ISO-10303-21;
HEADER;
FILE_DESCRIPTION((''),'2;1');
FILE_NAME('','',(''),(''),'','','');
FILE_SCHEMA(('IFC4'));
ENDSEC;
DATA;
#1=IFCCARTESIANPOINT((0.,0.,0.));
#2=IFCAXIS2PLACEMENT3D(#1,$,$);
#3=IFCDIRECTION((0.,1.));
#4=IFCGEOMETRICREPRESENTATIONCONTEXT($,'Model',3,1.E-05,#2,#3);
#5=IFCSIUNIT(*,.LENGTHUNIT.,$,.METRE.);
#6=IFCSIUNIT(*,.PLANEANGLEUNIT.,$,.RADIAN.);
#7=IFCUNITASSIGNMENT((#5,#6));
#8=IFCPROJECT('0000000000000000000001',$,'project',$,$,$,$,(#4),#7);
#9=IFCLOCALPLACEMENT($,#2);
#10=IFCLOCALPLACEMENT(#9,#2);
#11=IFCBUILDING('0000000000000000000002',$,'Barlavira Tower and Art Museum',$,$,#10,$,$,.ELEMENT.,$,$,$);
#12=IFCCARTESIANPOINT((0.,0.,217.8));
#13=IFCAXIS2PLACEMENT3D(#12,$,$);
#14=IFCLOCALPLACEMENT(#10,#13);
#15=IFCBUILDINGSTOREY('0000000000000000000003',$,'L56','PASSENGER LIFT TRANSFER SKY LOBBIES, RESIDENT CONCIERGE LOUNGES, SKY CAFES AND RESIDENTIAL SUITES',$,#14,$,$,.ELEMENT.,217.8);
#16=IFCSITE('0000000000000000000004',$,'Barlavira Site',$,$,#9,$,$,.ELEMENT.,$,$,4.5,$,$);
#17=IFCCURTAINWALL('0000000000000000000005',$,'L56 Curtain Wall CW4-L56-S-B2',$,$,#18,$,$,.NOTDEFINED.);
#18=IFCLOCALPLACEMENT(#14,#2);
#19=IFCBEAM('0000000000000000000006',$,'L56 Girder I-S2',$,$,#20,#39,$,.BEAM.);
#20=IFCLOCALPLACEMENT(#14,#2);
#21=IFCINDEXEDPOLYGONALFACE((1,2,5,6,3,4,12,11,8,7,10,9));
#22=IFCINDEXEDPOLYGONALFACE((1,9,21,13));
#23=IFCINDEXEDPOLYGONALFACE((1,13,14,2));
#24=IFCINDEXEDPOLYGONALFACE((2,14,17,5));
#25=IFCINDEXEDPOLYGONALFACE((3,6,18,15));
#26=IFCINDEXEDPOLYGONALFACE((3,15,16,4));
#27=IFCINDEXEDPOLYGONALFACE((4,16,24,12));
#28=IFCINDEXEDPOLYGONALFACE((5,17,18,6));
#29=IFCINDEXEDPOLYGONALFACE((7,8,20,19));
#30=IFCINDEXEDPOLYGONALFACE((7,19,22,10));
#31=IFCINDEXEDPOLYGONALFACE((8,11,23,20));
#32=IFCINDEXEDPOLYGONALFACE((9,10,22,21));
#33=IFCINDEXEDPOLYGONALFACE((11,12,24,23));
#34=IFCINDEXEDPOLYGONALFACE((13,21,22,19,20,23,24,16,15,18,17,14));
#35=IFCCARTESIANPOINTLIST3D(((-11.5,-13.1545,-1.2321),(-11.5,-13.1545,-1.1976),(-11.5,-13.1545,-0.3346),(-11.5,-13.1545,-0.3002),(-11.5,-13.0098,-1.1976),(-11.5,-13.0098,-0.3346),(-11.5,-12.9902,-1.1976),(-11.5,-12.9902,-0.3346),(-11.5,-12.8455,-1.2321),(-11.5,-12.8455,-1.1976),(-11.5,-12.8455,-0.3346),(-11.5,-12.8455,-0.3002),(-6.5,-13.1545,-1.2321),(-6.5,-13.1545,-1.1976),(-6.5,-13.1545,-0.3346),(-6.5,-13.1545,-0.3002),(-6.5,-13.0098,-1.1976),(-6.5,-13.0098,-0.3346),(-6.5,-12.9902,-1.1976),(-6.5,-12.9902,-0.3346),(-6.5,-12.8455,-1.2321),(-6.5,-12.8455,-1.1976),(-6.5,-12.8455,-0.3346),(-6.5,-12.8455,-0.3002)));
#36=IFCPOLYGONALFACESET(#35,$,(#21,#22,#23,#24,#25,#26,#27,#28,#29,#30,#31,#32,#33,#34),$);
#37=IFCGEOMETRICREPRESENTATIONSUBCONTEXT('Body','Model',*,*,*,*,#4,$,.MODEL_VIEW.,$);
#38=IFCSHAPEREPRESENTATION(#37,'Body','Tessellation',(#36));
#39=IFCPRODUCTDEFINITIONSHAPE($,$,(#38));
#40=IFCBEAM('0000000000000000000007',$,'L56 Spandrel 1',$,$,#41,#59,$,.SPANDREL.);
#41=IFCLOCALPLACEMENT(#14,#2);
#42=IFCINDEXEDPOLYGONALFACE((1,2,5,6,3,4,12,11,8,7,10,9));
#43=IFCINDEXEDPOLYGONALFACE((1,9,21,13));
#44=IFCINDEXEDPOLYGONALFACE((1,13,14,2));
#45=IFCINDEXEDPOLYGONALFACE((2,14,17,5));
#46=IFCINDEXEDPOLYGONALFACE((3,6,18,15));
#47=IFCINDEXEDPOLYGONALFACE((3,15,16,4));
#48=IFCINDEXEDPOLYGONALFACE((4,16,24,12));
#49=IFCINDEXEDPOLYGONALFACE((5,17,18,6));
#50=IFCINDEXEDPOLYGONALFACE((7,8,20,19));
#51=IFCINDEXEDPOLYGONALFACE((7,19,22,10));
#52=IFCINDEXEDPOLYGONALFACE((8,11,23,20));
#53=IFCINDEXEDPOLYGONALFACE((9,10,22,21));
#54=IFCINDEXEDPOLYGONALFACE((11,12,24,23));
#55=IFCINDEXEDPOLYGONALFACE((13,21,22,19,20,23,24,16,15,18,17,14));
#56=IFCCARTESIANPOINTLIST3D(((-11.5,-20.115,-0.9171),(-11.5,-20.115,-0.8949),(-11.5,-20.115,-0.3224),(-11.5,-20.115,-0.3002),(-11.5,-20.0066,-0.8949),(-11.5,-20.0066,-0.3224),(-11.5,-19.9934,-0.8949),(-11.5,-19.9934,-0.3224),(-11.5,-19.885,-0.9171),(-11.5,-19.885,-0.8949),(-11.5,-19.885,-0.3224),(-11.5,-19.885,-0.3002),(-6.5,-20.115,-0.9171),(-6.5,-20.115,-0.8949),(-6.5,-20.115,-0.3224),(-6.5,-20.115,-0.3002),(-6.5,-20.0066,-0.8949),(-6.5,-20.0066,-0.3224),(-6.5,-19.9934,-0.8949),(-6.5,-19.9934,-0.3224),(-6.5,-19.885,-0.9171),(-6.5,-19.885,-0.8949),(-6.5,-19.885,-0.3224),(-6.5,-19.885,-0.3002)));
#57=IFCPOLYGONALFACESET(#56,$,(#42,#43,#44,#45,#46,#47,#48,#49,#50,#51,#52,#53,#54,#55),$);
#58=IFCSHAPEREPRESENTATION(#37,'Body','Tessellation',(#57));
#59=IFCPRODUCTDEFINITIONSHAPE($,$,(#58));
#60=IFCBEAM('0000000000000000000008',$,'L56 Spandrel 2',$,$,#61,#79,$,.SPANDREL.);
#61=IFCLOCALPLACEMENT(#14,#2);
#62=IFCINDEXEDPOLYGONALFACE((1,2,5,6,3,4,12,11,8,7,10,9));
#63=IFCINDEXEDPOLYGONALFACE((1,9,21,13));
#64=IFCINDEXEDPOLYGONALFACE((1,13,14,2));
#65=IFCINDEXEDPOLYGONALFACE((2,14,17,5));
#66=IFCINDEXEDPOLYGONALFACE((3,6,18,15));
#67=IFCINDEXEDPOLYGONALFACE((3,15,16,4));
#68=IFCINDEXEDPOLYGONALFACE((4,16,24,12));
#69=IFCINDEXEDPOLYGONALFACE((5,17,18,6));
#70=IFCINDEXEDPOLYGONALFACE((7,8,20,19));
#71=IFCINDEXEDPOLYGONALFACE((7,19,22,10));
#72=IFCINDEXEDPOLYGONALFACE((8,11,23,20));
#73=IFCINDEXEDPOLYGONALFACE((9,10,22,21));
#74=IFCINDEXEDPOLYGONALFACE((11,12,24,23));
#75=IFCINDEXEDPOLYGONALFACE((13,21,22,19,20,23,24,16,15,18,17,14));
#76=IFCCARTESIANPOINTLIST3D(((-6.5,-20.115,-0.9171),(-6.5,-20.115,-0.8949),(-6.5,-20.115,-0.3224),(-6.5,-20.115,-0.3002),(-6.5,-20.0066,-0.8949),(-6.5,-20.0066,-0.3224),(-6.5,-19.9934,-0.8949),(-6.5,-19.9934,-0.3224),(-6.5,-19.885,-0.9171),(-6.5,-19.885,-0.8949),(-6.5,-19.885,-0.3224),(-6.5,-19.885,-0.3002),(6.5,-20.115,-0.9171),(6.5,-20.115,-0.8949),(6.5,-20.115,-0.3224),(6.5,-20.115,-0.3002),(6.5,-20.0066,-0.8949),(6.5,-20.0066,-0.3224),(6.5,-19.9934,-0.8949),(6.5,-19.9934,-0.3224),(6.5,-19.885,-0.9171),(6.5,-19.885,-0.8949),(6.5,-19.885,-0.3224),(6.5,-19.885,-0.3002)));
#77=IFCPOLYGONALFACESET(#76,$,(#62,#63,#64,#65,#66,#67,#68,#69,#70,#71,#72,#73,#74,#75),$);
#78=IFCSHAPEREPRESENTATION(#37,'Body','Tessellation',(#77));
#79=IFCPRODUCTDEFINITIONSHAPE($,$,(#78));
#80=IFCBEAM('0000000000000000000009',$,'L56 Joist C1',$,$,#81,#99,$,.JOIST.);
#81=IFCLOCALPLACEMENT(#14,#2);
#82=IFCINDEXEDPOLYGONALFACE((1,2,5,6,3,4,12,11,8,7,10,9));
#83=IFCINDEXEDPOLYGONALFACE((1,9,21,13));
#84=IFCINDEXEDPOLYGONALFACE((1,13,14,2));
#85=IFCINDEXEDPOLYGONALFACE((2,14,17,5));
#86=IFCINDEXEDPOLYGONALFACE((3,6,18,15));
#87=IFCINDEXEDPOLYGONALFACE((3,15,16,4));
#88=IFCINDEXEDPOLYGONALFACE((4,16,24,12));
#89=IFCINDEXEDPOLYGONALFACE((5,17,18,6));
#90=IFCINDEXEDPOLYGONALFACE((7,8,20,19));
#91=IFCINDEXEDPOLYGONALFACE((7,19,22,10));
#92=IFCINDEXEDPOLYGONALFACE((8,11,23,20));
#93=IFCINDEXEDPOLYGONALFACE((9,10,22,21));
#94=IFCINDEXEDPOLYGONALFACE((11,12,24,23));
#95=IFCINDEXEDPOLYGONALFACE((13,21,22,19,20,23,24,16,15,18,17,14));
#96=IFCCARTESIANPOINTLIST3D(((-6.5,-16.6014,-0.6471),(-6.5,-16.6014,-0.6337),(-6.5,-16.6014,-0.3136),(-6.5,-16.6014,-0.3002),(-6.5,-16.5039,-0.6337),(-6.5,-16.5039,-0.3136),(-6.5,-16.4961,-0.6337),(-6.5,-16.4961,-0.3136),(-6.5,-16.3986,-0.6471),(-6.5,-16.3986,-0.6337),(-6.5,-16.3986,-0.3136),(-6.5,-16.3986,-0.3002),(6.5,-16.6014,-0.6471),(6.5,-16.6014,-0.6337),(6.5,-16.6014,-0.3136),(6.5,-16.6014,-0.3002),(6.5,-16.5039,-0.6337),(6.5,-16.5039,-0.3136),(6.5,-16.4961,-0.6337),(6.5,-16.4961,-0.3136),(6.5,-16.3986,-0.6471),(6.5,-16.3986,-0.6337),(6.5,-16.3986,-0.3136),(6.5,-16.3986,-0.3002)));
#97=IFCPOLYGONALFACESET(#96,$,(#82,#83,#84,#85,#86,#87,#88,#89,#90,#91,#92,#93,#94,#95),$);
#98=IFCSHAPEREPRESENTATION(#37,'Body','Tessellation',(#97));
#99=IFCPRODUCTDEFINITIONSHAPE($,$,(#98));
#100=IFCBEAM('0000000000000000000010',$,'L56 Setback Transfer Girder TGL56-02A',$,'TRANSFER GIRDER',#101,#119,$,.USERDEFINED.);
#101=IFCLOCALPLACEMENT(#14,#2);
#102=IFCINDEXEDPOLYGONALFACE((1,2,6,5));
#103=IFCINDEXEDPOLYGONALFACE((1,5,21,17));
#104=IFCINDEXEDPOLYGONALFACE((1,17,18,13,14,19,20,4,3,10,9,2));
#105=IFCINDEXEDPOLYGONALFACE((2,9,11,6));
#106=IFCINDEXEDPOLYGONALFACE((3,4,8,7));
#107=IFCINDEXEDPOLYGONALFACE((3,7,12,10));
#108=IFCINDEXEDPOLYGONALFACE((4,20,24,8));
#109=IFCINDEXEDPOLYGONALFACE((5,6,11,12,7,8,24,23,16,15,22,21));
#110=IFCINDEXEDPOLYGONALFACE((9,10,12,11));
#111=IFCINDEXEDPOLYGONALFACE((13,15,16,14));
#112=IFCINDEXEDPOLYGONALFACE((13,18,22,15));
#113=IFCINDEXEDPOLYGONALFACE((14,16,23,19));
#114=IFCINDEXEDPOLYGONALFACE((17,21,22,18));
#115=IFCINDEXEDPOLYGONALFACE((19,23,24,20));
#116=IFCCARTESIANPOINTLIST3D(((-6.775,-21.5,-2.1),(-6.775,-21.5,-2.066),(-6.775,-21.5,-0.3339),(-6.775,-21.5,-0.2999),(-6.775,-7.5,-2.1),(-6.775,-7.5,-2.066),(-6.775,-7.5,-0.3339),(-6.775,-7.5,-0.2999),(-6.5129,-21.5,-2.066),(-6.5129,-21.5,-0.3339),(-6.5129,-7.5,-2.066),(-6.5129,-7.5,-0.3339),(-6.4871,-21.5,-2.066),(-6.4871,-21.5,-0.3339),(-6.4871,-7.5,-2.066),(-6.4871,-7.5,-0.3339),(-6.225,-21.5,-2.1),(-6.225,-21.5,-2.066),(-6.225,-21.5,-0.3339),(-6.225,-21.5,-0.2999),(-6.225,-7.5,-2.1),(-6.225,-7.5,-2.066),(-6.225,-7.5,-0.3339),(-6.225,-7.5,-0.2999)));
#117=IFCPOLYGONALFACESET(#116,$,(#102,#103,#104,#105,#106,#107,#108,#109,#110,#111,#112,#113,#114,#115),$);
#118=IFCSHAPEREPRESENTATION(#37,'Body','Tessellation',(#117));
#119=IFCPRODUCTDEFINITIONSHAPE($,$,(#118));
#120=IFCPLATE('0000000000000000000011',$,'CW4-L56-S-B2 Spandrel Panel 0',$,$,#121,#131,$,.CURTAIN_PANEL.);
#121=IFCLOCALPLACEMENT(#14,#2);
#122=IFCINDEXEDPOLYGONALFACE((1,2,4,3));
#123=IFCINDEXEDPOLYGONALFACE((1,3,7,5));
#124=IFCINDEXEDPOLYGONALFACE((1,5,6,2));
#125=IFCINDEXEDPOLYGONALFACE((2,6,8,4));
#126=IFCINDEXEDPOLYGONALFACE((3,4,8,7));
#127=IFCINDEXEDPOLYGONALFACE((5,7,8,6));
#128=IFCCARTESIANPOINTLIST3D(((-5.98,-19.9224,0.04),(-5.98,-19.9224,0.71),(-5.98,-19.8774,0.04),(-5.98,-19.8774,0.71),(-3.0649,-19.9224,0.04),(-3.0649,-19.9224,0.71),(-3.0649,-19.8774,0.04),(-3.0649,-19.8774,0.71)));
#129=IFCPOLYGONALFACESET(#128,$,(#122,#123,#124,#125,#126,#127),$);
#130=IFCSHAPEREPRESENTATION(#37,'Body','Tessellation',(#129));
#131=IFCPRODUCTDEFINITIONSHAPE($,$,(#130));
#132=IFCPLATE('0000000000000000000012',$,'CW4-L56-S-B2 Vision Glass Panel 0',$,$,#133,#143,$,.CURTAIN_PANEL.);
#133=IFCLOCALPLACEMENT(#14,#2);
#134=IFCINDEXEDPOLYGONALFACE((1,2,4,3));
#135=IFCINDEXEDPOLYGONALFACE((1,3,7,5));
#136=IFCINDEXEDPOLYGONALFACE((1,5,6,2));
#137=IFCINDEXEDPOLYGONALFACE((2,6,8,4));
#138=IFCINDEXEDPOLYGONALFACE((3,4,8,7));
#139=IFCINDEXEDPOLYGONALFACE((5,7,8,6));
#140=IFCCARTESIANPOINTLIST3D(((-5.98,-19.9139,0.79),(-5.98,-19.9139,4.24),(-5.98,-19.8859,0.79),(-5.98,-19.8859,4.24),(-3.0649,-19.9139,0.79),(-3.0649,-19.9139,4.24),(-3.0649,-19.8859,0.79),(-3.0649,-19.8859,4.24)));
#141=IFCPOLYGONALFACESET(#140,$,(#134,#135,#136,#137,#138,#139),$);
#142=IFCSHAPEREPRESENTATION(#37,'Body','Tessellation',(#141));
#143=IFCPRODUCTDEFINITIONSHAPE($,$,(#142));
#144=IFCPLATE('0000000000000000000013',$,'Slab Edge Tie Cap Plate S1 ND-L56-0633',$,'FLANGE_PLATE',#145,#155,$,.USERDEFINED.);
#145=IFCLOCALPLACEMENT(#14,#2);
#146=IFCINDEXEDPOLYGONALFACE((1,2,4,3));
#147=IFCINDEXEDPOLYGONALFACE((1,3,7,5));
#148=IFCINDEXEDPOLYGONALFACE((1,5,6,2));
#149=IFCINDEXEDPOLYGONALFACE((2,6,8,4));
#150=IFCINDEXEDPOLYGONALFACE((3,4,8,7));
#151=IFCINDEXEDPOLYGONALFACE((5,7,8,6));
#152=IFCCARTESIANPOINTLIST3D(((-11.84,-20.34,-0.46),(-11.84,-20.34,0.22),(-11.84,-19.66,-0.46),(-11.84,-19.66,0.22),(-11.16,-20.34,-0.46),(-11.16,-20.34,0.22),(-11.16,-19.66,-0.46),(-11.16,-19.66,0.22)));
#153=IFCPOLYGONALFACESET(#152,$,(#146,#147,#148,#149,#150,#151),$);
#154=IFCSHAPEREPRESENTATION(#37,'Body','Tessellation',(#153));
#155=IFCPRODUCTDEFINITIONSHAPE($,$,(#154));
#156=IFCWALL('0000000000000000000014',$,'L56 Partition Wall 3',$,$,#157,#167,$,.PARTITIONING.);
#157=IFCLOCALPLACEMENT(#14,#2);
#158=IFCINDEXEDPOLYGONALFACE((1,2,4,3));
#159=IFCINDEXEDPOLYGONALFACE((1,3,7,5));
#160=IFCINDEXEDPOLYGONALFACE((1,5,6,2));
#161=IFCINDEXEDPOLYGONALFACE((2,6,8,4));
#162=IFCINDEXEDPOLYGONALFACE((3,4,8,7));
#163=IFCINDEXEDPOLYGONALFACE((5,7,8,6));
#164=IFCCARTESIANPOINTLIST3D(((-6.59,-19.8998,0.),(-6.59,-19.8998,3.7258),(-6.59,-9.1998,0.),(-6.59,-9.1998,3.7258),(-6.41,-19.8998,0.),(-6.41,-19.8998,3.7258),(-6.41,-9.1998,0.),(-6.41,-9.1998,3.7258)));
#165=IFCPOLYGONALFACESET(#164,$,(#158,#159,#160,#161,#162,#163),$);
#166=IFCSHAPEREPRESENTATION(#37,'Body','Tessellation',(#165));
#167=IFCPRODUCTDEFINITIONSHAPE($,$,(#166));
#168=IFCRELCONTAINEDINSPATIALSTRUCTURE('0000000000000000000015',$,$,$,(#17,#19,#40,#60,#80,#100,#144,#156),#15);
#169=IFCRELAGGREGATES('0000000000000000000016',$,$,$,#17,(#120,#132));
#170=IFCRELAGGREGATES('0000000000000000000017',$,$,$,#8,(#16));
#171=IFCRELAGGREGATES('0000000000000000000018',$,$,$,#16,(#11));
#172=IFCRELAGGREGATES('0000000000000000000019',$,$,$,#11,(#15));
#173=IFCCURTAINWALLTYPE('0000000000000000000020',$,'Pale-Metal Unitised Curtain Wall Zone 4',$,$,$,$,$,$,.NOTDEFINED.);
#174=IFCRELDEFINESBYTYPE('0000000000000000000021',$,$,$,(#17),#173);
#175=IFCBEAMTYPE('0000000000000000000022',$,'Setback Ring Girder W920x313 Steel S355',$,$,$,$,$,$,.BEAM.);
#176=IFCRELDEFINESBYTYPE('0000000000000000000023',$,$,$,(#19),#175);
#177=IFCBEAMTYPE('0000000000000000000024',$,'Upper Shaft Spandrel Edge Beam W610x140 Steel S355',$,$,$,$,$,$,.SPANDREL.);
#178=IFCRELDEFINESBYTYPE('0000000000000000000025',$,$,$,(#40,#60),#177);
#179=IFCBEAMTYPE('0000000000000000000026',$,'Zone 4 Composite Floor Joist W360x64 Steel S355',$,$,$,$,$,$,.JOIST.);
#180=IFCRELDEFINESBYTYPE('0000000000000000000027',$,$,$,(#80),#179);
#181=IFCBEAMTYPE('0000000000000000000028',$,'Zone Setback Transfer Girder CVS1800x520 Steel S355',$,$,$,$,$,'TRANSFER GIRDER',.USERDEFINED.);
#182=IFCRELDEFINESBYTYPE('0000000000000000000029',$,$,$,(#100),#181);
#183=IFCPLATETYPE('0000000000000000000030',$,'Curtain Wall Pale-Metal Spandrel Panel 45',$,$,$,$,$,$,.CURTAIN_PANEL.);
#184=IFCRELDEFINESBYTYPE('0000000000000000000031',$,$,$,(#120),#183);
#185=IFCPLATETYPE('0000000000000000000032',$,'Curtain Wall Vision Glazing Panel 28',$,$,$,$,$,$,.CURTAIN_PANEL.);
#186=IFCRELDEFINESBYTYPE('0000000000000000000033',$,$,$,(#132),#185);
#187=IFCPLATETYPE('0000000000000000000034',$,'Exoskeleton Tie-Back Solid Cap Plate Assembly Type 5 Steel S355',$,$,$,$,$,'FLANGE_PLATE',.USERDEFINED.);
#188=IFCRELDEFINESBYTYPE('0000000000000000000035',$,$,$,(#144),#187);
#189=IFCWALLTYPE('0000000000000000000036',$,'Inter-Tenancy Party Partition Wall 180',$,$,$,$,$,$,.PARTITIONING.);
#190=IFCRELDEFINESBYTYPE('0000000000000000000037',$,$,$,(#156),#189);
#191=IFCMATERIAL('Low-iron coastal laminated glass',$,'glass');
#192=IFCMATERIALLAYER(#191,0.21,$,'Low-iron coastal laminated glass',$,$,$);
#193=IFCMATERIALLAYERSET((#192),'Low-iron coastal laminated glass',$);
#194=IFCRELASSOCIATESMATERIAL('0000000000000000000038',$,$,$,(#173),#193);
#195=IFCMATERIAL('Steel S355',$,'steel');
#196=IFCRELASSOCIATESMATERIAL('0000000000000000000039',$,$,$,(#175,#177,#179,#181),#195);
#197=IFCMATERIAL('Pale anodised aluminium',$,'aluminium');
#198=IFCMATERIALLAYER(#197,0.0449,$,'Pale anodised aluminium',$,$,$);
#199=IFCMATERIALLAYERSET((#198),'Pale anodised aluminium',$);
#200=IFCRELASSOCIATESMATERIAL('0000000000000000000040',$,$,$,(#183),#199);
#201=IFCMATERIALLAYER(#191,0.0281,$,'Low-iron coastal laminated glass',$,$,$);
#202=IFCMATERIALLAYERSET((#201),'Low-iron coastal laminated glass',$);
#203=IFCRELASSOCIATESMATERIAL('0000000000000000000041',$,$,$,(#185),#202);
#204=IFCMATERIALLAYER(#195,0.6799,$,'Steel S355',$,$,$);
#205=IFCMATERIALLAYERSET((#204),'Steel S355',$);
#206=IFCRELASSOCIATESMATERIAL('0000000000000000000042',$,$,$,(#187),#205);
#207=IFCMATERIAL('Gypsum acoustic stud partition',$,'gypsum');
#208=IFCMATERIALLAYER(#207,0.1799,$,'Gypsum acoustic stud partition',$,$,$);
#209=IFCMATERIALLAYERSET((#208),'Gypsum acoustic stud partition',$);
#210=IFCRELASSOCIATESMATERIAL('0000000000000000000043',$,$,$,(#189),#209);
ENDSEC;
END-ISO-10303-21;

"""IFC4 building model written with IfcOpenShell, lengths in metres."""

from ifc_helpers import new_model, si_unit, direction, frame, frame_2d, origin, origin_2d, place, context, subcontext, project, spatial, rectangle, i_section, extrude, material, layer, layer_set, material_profile, profile_set, type_object, element, aggregate, save


model = new_model("IFC4")

# Units and contexts
model_context = context("Model", 3, precision=1e-05, world=origin(), true_north=direction((0.0, 1.0)))
body_context = subcontext(model_context, "Body", "Model", "MODEL_VIEW")
ifc_project = project(units=[si_unit("LENGTHUNIT", "METRE"), si_unit("PLANEANGLEUNIT", "RADIAN")], contexts=[model_context])

# Site, building, storey
site_placement = place(None, origin())
site = spatial("IfcSite", under=ifc_project, at=site_placement, Name="Barlavira Site", CompositionType="ELEMENT", RefElevation=4.5)
building_placement = place(site_placement, origin())
building = spatial("IfcBuilding", under=site, at=building_placement, Name="Barlavira Tower and Art Museum", CompositionType="ELEMENT")
storey_placement = place(building_placement, frame((0.0, 0.0, 217.8)))
storey = spatial("IfcBuildingStorey", under=building, at=storey_placement, Name="L56", Description="PASSENGER LIFT TRANSFER SKY LOBBIES, RESIDENT CONCIERGE LOUNGES, SKY CAFES AND RESIDENTIAL SUITES", CompositionType="ELEMENT", Elevation=217.8)

# Curtain wall
ifc_material_1 = material(Name="Low-iron coastal laminated glass", Category="glass")
ifc_layer_1 = layer(ifc_material_1, 0.21, Name="Low-iron coastal laminated glass")
ifc_layer_set_1 = layer_set([ifc_layer_1], Name="Low-iron coastal laminated glass")
curtain_wall_type = type_object("IfcCurtainWallType", Name="Pale-Metal Unitised Curtain Wall Zone 4", PredefinedType="NOTDEFINED", material=ifc_layer_set_1)
curtain_wall_placement = place(storey_placement, origin())
curtain_wall = element("IfcCurtainWall", 1, at=curtain_wall_placement, inside=storey, type_object=curtain_wall_type, Name="L56 Curtain Wall CW4-L56-S-B2", PredefinedType="NOTDEFINED")
ifc_material_2 = material(Name="Pale anodised aluminium", Category="aluminium")

# Beams
ifc_material_3 = material(Name="Steel S355", Category="steel")
ifc_material_profile_1 = material_profile(ifc_material_3, i_section(OverallWidth=0.3091, OverallDepth=0.9319, WebThickness=0.0195, FlangeThickness=0.0344, at=origin_2d()), Name="W920x313.0")
ifc_profile_set_1 = profile_set([ifc_material_profile_1], Name="Steel S355")
beam_type_1 = type_object("IfcBeamType", Name="Setback Ring Girder W920x313 Steel S355", PredefinedType="BEAM", material=ifc_profile_set_1)
beam_1_placement = place(storey_placement, frame((-11.5, -13.0, -0.7661), z_axis=(1.0, 0.0, 0.0), x_axis=(0.0, 1.0, 0.0)))
element("IfcBeam", 2, at=beam_1_placement, inside=storey, type_object=beam_type_1, Name="L56 Girder I-S2", PredefinedType="BEAM", context=body_context, shape_type="SweptSolid", body=[
    extrude(i_section(OverallWidth=0.3091, OverallDepth=0.9319, WebThickness=0.0195, FlangeThickness=0.0344, at=origin_2d()), origin(), (0.0, 0.0, 1.0), 5.0),
])
ifc_material_profile_2 = material_profile(ifc_material_3, i_section(OverallWidth=0.23, OverallDepth=0.6169, WebThickness=0.0132, FlangeThickness=0.0222, at=origin_2d()), Name="W610x140.0")
ifc_profile_set_2 = profile_set([ifc_material_profile_2], Name="Steel S355")
beam_type_2 = type_object("IfcBeamType", Name="Upper Shaft Spandrel Edge Beam W610x140 Steel S355", PredefinedType="SPANDREL", material=ifc_profile_set_2)
beam_2_placement = place(storey_placement, frame((-11.5, -20.0, -0.6086), z_axis=(1.0, 0.0, 0.0), x_axis=(0.0, 1.0, 0.0)))
element("IfcBeam", 3, at=beam_2_placement, inside=storey, type_object=beam_type_2, Name="L56 Spandrel 1", PredefinedType="SPANDREL", context=body_context, shape_type="SweptSolid", body=[
    extrude(i_section(OverallWidth=0.23, OverallDepth=0.6169, WebThickness=0.0132, FlangeThickness=0.0222, at=origin_2d()), origin(), (0.0, 0.0, 1.0), 5.0),
])
beam_3_placement = place(storey_placement, frame((-6.5, -20.0, -0.6086), z_axis=(1.0, 0.0, 0.0), x_axis=(0.0, 1.0, 0.0)))
element("IfcBeam", 4, at=beam_3_placement, inside=storey, type_object=beam_type_2, Name="L56 Spandrel 2", PredefinedType="SPANDREL", context=body_context, shape_type="SweptSolid", body=[
    extrude(i_section(OverallWidth=0.23, OverallDepth=0.6169, WebThickness=0.0132, FlangeThickness=0.0222, at=origin_2d()), origin(), (0.0, 0.0, 1.0), 13.0),
])
ifc_material_profile_3 = material_profile(ifc_material_3, i_section(OverallWidth=0.2029, OverallDepth=0.3469, WebThickness=0.0078, FlangeThickness=0.0134, at=origin_2d()), Name="W360x64.0")
ifc_profile_set_3 = profile_set([ifc_material_profile_3], Name="Steel S355")
beam_type_3 = type_object("IfcBeamType", Name="Zone 4 Composite Floor Joist W360x64 Steel S355", PredefinedType="JOIST", material=ifc_profile_set_3)
beam_4_placement = place(storey_placement, frame((-6.5, -16.5, -0.4736), z_axis=(1.0, 0.0, 0.0), x_axis=(0.0, 1.0, 0.0)))
element("IfcBeam", 5, at=beam_4_placement, inside=storey, type_object=beam_type_3, Name="L56 Joist C1", PredefinedType="JOIST", context=body_context, shape_type="SweptSolid", body=[
    extrude(i_section(OverallWidth=0.2029, OverallDepth=0.3469, WebThickness=0.0078, FlangeThickness=0.0134, at=origin_2d()), origin(), (0.0, 0.0, 1.0), 13.0),
])
ifc_material_profile_4 = material_profile(ifc_material_3, i_section(OverallWidth=0.55, OverallDepth=1.8, WebThickness=0.0259, FlangeThickness=0.0339, at=origin_2d()), Name="CVS1800x520")
ifc_profile_set_4 = profile_set([ifc_material_profile_4], Name="Steel S355")
beam_type_4 = type_object("IfcBeamType", Name="Zone Setback Transfer Girder CVS1800x520 Steel S355", ElementType="TRANSFER GIRDER", PredefinedType="USERDEFINED", material=ifc_profile_set_4)
beam_5_placement = place(storey_placement, frame((-6.5, -21.5, -1.2), z_axis=(0.0, 1.0, 0.0), x_axis=(-1.0, 0.0, 0.0)))
element("IfcBeam", 6, at=beam_5_placement, inside=storey, type_object=beam_type_4, Name="L56 Setback Transfer Girder TGL56-02A", ObjectType="TRANSFER GIRDER", PredefinedType="USERDEFINED", context=body_context, shape_type="SweptSolid", body=[
    extrude(i_section(OverallWidth=0.55, OverallDepth=1.8, WebThickness=0.0259, FlangeThickness=0.0339, at=origin_2d()), origin(), (0.0, 0.0, 1.0), 14.0),
])

# Plates
ifc_layer_2 = layer(ifc_material_2, 0.0449, Name="Pale anodised aluminium")
ifc_layer_set_2 = layer_set([ifc_layer_2], Name="Pale anodised aluminium")
plate_type_1 = type_object("IfcPlateType", Name="Curtain Wall Pale-Metal Spandrel Panel 45", PredefinedType="CURTAIN_PANEL", material=ifc_layer_set_2)
plate_1_placement = place(storey_placement, frame((-4.5225, -19.8999, 0.04), z_axis=(0.0, 0.0, 1.0), x_axis=(1.0, 0.0, 0.0)))
plate_1 = element("IfcPlate", 7, at=plate_1_placement, type_object=plate_type_1, Name="CW4-L56-S-B2 Spandrel Panel 0", PredefinedType="CURTAIN_PANEL", context=body_context, shape_type="SweptSolid", body=[
    extrude(rectangle(XDim=2.915, YDim=0.0449, at=origin_2d()), origin(), (0.0, 0.0, 1.0), 0.6699),
])
ifc_layer_3 = layer(ifc_material_1, 0.0281, Name="Low-iron coastal laminated glass")
ifc_layer_set_3 = layer_set([ifc_layer_3], Name="Low-iron coastal laminated glass")
plate_type_2 = type_object("IfcPlateType", Name="Curtain Wall Vision Glazing Panel 28", PredefinedType="CURTAIN_PANEL", material=ifc_layer_set_3)
plate_2_placement = place(storey_placement, frame((-4.5225, -19.8999, 0.79), z_axis=(0.0, 0.0, 1.0), x_axis=(1.0, 0.0, 0.0)))
plate_2 = element("IfcPlate", 8, at=plate_2_placement, type_object=plate_type_2, Name="CW4-L56-S-B2 Vision Glass Panel 0", PredefinedType="CURTAIN_PANEL", context=body_context, shape_type="SweptSolid", body=[
    extrude(rectangle(XDim=2.915, YDim=0.0281, at=origin_2d()), origin(), (0.0, 0.0, 1.0), 3.45),
])
aggregate(curtain_wall, [plate_1, plate_2])
ifc_layer_4 = layer(ifc_material_3, 0.6799, Name="Steel S355")
ifc_layer_set_4 = layer_set([ifc_layer_4], Name="Steel S355")
plate_type_3 = type_object("IfcPlateType", Name="Exoskeleton Tie-Back Solid Cap Plate Assembly Type 5 Steel S355", ElementType="FLANGE_PLATE", PredefinedType="USERDEFINED", material=ifc_layer_set_4)
plate_3_placement = place(storey_placement, frame((-11.5, -20.0, -0.46), z_axis=(0.0, 0.0, 1.0), x_axis=(1.0, 0.0, 0.0)))
element("IfcPlate", 9, at=plate_3_placement, inside=storey, type_object=plate_type_3, Name="Slab Edge Tie Cap Plate S1 ND-L56-0633", ObjectType="FLANGE_PLATE", PredefinedType="USERDEFINED", context=body_context, shape_type="SweptSolid", body=[
    extrude(rectangle(XDim=0.6799, YDim=0.6799, at=origin_2d()), origin(), (0.0, 0.0, 1.0), 0.6799),
])

# Wall
ifc_material_4 = material(Name="Gypsum acoustic stud partition", Category="gypsum")
ifc_layer_5 = layer(ifc_material_4, 0.1799, Name="Gypsum acoustic stud partition")
ifc_layer_set_5 = layer_set([ifc_layer_5], Name="Gypsum acoustic stud partition")
wall_type_1 = type_object("IfcWallType", Name="Inter-Tenancy Party Partition Wall 180", PredefinedType="PARTITIONING", material=ifc_layer_set_5)
wall_1_placement = place(storey_placement, frame((-6.5, -19.8999, 0.0), z_axis=(0.0, 0.0, 1.0), x_axis=(0.0, 1.0, 0.0)))
element("IfcWall", 10, at=wall_1_placement, inside=storey, type_object=wall_type_1, Name="L56 Partition Wall 3", PredefinedType="PARTITIONING", context=body_context, shape_type="SweptSolid", body=[
    extrude(rectangle(XDim=10.7, YDim=0.1799, at=frame_2d((5.3501, 0.0))), origin(), (0.0, 0.0, 1.0), 3.7258),
])

save(model, "model.ifc")
